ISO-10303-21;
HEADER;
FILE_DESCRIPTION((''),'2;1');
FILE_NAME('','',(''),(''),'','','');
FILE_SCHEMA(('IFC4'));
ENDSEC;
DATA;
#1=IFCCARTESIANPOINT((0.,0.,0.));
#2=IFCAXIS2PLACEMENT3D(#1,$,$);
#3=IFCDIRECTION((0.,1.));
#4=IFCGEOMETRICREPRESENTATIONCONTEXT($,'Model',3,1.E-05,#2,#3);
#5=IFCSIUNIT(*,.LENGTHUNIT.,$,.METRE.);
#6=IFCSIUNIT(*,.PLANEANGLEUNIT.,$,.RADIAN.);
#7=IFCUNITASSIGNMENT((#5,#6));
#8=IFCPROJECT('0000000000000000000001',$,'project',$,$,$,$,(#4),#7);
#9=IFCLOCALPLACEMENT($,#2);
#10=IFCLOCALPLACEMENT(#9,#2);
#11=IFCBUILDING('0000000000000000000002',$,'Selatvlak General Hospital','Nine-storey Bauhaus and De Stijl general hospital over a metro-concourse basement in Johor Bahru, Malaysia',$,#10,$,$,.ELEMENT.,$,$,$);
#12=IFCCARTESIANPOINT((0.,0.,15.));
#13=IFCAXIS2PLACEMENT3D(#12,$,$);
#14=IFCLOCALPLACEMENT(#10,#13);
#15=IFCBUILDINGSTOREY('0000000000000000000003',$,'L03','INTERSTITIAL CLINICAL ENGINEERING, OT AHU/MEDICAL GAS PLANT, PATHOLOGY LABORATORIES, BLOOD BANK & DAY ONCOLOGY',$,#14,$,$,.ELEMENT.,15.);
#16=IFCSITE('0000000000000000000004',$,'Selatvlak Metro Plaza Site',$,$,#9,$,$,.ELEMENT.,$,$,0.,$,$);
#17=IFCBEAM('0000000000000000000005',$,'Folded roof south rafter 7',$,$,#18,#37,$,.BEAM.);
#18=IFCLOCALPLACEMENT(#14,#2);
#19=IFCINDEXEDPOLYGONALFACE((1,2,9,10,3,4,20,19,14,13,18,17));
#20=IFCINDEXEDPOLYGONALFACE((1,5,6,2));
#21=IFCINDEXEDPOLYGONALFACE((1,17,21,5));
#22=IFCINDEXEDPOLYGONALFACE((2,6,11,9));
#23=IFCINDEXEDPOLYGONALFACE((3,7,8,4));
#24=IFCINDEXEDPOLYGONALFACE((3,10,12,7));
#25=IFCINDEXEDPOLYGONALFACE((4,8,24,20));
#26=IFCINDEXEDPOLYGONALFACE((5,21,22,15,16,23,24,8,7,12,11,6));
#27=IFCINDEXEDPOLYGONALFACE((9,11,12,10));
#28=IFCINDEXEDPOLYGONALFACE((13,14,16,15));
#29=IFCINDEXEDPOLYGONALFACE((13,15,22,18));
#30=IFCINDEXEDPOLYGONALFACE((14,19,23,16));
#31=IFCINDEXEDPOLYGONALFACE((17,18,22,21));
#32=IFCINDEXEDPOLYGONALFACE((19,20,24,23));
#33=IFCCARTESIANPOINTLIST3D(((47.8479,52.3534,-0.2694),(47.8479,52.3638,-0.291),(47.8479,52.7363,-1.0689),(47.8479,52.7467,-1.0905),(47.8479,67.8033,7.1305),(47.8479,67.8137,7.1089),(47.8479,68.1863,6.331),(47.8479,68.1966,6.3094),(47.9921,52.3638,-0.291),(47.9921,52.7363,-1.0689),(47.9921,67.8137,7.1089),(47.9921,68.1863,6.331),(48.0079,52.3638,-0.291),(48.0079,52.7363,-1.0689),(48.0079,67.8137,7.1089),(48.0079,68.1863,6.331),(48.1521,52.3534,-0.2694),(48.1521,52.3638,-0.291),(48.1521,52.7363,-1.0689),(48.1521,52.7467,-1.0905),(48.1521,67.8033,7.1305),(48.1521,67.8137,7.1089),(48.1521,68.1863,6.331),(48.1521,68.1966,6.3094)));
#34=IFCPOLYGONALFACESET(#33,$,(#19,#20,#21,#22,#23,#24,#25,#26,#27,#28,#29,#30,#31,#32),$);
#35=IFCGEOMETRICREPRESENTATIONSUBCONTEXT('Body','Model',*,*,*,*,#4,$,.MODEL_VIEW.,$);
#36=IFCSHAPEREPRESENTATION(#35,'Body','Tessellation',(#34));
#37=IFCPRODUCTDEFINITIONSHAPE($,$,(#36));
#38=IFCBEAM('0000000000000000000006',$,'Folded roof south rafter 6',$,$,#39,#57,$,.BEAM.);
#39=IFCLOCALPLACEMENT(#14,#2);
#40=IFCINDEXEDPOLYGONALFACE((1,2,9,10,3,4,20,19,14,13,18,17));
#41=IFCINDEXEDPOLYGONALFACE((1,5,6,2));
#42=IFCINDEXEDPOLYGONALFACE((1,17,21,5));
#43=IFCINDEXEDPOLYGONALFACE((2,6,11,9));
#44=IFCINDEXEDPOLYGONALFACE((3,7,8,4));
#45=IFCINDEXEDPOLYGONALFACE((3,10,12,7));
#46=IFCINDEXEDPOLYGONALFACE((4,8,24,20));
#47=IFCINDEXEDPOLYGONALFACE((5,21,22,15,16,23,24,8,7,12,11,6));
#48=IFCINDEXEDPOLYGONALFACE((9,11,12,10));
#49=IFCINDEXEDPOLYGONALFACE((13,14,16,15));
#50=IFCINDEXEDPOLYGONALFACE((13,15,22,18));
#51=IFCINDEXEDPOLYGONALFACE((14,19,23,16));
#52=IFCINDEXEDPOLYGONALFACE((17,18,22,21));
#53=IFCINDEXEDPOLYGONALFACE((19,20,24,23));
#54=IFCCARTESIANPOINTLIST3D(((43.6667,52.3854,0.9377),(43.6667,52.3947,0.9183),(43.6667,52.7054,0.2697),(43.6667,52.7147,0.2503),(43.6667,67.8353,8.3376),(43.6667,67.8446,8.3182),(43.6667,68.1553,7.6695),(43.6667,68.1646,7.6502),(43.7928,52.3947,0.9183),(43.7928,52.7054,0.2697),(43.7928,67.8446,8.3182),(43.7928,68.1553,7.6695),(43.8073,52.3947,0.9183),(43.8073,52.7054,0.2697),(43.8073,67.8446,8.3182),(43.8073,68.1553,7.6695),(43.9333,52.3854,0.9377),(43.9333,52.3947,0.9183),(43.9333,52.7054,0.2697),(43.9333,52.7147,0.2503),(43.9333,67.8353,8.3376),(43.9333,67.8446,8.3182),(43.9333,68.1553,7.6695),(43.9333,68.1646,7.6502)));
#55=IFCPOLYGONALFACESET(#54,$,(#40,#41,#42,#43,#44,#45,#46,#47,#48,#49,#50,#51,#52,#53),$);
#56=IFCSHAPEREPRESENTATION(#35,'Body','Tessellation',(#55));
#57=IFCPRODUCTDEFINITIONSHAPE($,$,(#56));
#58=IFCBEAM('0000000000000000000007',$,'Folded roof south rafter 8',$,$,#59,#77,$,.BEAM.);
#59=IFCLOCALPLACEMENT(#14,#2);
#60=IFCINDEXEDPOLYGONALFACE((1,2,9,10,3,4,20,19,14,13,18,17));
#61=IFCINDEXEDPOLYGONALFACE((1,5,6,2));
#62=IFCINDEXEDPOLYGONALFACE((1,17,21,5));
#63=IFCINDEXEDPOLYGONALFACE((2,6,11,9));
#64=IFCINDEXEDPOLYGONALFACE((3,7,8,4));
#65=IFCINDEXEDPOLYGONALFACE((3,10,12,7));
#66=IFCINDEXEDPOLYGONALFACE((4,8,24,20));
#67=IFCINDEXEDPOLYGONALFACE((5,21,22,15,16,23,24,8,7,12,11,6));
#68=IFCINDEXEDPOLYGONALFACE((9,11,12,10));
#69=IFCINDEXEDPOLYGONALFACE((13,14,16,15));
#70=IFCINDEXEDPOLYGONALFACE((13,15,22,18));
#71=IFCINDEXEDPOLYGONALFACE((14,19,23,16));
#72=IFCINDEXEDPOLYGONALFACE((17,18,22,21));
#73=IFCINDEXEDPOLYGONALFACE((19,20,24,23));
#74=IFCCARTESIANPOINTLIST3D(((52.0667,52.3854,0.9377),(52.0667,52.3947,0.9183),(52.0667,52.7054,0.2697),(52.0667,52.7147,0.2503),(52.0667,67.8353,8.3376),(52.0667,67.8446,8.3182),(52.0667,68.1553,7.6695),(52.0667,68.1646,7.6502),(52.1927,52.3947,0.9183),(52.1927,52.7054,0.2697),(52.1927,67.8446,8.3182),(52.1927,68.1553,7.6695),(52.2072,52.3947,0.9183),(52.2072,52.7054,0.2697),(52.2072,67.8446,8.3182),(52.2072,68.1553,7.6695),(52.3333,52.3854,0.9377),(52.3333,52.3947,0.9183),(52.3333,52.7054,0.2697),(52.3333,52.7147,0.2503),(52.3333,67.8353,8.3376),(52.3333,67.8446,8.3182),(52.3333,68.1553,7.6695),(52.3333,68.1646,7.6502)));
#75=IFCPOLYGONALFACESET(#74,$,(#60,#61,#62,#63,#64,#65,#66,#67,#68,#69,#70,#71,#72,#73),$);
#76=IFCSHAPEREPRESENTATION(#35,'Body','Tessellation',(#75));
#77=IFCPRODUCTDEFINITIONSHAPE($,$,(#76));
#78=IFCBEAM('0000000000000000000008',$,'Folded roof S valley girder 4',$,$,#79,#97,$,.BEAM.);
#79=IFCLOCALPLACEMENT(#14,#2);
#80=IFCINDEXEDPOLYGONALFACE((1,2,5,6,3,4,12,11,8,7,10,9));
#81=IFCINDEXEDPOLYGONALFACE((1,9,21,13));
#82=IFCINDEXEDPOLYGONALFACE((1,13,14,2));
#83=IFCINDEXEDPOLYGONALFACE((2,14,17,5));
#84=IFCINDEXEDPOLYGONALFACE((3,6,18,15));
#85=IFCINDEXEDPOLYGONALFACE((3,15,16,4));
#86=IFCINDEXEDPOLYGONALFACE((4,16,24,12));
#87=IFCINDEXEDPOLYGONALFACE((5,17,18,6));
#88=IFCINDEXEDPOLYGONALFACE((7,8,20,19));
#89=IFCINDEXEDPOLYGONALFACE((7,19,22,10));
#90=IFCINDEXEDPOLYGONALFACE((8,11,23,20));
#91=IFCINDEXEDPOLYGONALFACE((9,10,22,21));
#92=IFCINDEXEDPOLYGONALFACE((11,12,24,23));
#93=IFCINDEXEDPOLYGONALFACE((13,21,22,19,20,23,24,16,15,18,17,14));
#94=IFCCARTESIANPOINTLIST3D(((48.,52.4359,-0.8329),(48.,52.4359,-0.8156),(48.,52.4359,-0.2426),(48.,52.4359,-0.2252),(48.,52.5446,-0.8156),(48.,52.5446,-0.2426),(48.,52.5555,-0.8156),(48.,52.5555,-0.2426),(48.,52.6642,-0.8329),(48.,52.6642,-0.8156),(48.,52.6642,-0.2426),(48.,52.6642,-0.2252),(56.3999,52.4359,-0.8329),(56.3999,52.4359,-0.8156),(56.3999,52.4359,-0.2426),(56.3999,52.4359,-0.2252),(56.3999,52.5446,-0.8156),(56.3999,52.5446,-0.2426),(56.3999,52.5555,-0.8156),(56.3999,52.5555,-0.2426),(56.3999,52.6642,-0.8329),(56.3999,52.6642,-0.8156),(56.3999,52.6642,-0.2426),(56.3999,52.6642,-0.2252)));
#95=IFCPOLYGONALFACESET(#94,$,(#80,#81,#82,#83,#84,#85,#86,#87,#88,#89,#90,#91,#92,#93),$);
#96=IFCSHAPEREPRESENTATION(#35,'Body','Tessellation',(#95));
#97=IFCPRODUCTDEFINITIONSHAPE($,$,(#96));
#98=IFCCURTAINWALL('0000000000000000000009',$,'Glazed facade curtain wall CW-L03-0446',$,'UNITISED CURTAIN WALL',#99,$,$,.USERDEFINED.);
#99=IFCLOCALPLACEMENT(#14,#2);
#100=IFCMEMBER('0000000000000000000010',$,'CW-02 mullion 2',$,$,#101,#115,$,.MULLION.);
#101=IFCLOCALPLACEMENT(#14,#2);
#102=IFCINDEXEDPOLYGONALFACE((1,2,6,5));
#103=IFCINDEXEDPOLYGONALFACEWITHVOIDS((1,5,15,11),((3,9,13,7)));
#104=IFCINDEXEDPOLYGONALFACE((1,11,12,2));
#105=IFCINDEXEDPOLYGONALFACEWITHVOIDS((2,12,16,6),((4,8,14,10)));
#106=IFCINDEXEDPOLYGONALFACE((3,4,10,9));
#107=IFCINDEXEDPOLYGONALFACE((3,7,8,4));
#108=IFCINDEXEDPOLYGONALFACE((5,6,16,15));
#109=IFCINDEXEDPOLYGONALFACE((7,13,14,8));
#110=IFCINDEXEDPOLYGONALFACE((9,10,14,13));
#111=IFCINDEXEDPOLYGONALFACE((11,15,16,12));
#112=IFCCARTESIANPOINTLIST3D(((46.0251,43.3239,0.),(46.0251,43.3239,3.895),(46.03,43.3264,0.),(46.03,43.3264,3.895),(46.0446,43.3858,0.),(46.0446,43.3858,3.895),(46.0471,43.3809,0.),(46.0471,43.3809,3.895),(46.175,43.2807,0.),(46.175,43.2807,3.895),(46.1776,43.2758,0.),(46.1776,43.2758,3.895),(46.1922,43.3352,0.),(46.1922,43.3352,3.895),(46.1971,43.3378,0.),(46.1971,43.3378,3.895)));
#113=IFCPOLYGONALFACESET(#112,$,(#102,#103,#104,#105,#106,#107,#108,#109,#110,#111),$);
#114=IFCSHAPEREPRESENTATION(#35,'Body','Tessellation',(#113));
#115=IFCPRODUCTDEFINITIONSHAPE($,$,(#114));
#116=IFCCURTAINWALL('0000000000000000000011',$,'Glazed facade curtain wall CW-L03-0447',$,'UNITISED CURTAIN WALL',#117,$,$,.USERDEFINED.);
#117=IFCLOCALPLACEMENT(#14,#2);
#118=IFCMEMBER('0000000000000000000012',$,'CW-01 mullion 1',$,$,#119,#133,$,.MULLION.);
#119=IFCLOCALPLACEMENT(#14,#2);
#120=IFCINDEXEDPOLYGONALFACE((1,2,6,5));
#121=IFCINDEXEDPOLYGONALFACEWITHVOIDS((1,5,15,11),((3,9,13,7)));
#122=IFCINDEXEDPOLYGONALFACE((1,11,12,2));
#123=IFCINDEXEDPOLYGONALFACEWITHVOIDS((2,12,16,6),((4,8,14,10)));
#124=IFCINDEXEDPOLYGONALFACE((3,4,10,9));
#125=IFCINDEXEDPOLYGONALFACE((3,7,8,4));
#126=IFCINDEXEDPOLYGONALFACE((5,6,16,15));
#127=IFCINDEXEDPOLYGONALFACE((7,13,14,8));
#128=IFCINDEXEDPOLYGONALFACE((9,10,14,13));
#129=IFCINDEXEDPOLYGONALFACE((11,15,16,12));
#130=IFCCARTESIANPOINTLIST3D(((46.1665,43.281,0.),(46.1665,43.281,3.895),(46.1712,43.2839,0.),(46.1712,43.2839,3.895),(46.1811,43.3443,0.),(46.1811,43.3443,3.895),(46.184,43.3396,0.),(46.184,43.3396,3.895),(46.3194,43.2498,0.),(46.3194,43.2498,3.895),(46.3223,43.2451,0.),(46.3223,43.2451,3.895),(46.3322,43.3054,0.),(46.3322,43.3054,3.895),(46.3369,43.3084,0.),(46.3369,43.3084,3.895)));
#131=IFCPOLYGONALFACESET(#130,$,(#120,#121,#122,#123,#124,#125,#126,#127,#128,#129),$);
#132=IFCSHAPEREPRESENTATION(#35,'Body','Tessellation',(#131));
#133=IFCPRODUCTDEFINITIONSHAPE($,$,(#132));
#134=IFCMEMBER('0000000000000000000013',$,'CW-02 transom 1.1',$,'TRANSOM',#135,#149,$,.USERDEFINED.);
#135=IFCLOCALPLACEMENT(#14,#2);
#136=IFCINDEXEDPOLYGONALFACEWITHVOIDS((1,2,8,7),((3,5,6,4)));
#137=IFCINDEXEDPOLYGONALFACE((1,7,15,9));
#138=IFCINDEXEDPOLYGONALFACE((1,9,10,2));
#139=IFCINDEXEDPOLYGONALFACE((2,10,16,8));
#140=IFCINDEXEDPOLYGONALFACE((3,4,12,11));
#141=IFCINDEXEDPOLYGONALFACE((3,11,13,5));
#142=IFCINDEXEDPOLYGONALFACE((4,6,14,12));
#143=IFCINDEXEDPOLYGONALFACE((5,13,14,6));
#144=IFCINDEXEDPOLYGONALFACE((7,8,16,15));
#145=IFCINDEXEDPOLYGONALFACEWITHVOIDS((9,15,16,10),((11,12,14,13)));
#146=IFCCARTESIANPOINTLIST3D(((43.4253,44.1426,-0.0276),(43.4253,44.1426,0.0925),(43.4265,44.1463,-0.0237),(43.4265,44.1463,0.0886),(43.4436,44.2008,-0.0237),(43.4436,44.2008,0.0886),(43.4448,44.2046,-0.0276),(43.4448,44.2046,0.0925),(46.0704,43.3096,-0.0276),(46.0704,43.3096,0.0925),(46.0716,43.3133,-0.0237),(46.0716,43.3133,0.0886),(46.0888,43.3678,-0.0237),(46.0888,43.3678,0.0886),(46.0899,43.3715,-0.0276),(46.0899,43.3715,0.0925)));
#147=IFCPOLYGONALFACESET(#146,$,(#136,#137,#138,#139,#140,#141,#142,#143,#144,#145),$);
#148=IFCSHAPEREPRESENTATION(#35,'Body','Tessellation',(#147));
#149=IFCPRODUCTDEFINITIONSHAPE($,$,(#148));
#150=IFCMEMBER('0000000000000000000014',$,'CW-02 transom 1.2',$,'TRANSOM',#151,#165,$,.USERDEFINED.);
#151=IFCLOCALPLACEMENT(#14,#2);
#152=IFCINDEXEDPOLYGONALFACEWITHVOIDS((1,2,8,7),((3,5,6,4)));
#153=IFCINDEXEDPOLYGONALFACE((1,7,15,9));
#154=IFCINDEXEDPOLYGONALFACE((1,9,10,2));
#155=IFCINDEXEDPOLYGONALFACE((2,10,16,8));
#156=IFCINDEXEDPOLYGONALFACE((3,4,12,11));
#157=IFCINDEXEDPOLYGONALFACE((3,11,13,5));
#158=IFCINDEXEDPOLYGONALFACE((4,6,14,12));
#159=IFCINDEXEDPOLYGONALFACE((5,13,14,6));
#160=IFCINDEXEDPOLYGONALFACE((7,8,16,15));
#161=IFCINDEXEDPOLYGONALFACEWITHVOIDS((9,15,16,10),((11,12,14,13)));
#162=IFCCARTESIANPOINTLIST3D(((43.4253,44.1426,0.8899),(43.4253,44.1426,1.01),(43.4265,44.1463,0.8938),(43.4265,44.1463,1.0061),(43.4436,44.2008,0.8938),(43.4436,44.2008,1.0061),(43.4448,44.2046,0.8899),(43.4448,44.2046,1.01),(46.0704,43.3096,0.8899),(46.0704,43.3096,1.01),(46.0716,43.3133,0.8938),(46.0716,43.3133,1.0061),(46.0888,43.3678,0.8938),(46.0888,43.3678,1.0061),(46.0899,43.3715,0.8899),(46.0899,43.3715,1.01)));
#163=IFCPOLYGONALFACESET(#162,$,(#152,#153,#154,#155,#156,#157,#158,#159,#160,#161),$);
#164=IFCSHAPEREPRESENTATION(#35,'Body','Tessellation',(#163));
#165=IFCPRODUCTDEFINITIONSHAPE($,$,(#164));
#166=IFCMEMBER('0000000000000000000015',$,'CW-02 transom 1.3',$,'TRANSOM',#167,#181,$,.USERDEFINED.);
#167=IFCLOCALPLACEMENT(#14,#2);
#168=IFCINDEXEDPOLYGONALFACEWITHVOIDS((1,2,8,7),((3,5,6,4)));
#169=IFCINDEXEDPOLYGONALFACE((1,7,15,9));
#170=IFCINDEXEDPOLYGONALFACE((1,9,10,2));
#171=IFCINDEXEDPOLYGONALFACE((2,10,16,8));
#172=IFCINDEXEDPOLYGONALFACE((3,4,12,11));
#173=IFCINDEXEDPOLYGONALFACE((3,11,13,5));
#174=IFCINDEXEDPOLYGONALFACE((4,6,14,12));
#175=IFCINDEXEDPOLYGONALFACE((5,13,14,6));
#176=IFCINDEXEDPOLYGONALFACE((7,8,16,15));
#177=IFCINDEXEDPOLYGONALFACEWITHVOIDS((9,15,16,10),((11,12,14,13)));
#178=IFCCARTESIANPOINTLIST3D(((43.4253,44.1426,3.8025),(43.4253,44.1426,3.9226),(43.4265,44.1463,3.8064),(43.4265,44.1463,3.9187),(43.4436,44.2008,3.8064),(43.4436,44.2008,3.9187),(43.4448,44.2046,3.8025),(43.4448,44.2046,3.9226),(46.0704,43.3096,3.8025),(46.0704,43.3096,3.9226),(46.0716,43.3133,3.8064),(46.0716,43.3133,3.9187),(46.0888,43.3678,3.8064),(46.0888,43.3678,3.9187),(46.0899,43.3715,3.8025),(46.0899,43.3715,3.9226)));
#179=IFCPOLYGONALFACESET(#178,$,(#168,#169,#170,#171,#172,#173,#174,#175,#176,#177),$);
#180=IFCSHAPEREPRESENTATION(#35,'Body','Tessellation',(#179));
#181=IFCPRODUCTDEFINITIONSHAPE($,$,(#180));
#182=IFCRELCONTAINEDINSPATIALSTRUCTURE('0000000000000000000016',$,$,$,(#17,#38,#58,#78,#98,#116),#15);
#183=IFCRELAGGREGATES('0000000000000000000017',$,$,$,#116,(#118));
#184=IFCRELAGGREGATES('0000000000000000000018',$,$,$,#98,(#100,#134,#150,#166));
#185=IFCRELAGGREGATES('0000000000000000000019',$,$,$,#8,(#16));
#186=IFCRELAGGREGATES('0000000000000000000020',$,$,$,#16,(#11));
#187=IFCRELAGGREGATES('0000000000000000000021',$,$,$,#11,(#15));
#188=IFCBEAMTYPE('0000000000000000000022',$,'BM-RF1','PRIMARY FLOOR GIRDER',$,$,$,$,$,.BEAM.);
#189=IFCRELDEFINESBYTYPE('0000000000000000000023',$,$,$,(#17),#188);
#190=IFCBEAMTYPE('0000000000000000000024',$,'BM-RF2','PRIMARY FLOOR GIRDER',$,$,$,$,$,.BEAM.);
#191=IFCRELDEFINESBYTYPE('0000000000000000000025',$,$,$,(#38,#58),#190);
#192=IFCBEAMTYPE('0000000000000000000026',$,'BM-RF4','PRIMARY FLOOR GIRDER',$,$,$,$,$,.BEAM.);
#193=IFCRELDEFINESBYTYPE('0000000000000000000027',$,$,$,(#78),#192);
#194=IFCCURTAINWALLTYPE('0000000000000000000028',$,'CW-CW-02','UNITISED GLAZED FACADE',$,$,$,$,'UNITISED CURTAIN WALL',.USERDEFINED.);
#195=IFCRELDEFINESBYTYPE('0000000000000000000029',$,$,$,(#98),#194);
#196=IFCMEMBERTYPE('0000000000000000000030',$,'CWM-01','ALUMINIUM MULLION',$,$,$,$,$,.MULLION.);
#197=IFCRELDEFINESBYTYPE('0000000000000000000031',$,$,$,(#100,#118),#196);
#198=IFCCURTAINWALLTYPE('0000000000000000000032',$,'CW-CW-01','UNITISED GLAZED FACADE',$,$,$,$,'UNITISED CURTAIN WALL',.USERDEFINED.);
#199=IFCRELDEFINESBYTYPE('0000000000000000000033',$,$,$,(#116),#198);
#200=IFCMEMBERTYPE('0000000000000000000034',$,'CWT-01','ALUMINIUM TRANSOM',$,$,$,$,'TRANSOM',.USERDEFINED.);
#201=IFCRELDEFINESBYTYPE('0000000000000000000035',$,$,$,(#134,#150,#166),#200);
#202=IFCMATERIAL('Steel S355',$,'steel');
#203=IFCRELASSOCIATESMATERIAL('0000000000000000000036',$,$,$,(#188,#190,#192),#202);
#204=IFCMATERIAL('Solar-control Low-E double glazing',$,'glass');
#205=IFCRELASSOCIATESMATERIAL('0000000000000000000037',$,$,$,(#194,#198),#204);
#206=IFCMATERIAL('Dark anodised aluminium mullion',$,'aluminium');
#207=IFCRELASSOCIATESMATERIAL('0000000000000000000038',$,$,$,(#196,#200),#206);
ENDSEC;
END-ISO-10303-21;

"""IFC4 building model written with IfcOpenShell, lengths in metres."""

from ifc_helpers import new_model, si_unit, direction, frame, origin, origin_2d, place, context, subcontext, project, spatial, hollow_rectangle, i_section, extrude, material, material_profile, profile_set, type_object, element, aggregate, save


model = new_model("IFC4")

# Units and contexts
model_context = context("Model", 3, precision=1e-05, world=origin(), true_north=direction((0.0, 1.0)))
body_context = subcontext(model_context, "Body", "Model", "MODEL_VIEW")
ifc_project = project(units=[si_unit("LENGTHUNIT", "METRE"), si_unit("PLANEANGLEUNIT", "RADIAN")], contexts=[model_context])

# Site, building, storey
site_placement = place(None, origin())
site = spatial("IfcSite", under=ifc_project, at=site_placement, Name="Selatvlak Metro Plaza Site", CompositionType="ELEMENT", RefElevation=0.0)
building_placement = place(site_placement, origin())
building = spatial("IfcBuilding", under=site, at=building_placement, Name="Selatvlak General Hospital", Description="Nine-storey Bauhaus and De Stijl general hospital over a metro-concourse basement in Johor Bahru, Malaysia", CompositionType="ELEMENT")
storey_placement = place(building_placement, frame((0.0, 0.0, 15.0)))
storey = spatial("IfcBuildingStorey", under=building, at=storey_placement, Name="L03", Description="INTERSTITIAL CLINICAL ENGINEERING, OT AHU/MEDICAL GAS PLANT, PATHOLOGY LABORATORIES, BLOOD BANK & DAY ONCOLOGY", CompositionType="ELEMENT", Elevation=15.0)

# Beams
ifc_material_1 = material(Name="Steel S355", Category="steel")
ifc_material_profile_1 = material_profile(ifc_material_1, i_section(OverallWidth=0.3042, OverallDepth=0.9104, WebThickness=0.0159, FlangeThickness=0.0239, at=origin_2d()), Name="UB 914x305x224")
ifc_profile_set_1 = profile_set([ifc_material_profile_1], Name="Steel S355")
beam_type_1 = type_object("IfcBeamType", Name="BM-RF1", Description="PRIMARY FLOOR GIRDER", PredefinedType="BEAM", material=ifc_profile_set_1)
beam_1_placement = place(storey_placement, frame((48.0, 52.55, -0.6799), z_axis=(0.0, 0.901889, 0.431968), x_axis=(-1.0, 0.0, 0.0)))
element("IfcBeam", 1, at=beam_1_placement, inside=storey, type_object=beam_type_1, Name="Folded roof south rafter 7", PredefinedType="BEAM", context=body_context, shape_type="SweptSolid", body=[
    extrude(i_section(OverallWidth=0.3042, OverallDepth=0.9104, WebThickness=0.0159, FlangeThickness=0.0239, at=origin_2d()), origin(), (0.0, 0.0, 1.0), 17.1306),
])
ifc_material_profile_2 = material_profile(ifc_material_1, i_section(OverallWidth=0.2666, OverallDepth=0.7622, WebThickness=0.0144, FlangeThickness=0.0215, at=origin_2d()), Name="UB 762x267x173")
ifc_profile_set_2 = profile_set([ifc_material_profile_2], Name="Steel S355")
beam_type_2 = type_object("IfcBeamType", Name="BM-RF2", Description="PRIMARY FLOOR GIRDER", PredefinedType="BEAM", material=ifc_profile_set_2)
for number, where, z_axis, x_axis, name in (
    (2, (43.8, 52.55, 0.594), (0.0, 0.901889, 0.431968), (-1.0, 0.0, 0.0), "Folded roof south rafter 6"),
    (3, (52.2, 52.55, 0.594), (0.0, 0.901889, 0.431968), (-1.0, 0.0, 0.0), "Folded roof south rafter 8"),
):
    element("IfcBeam", number, at=place(storey_placement, frame(where, z_axis=z_axis, x_axis=x_axis)), inside=storey, type_object=beam_type_2, Name=name, PredefinedType="BEAM", context=body_context, shape_type="SweptSolid", body=[
        extrude(i_section(OverallWidth=0.2666, OverallDepth=0.7622, WebThickness=0.0144, FlangeThickness=0.0215, at=origin_2d()), origin(), (0.0, 0.0, 1.0), 17.1306),
    ])
ifc_material_profile_3 = material_profile(ifc_material_1, i_section(OverallWidth=0.2283, OverallDepth=0.6077, WebThickness=0.011, FlangeThickness=0.0173, at=origin_2d()), Name="UB 610x229x113")
ifc_profile_set_3 = profile_set([ifc_material_profile_3], Name="Steel S355")
beam_type_3 = type_object("IfcBeamType", Name="BM-RF4", Description="PRIMARY FLOOR GIRDER", PredefinedType="BEAM", material=ifc_profile_set_3)
beam_2_placement = place(storey_placement, frame((48.0, 52.55, -0.5291), z_axis=(1.0, 0.0, 0.0), x_axis=(0.0, 1.0, 0.0)))
element("IfcBeam", 4, at=beam_2_placement, inside=storey, type_object=beam_type_3, Name="Folded roof S valley girder 4", PredefinedType="BEAM", context=body_context, shape_type="SweptSolid", body=[
    extrude(i_section(OverallWidth=0.2283, OverallDepth=0.6077, WebThickness=0.011, FlangeThickness=0.0173, at=origin_2d()), origin(), (0.0, 0.0, 1.0), 8.3999),
])

# Curtain walls, members
ifc_material_2 = material(Name="Solar-control Low-E double glazing", Category="glass")
curtain_wall_type_1 = type_object("IfcCurtainWallType", Name="CW-CW-02", Description="UNITISED GLAZED FACADE", ElementType="UNITISED CURTAIN WALL", PredefinedType="USERDEFINED", material=ifc_material_2)
curtain_wall_1_placement = place(storey_placement, origin())
curtain_wall_1 = element("IfcCurtainWall", 5, at=curtain_wall_1_placement, inside=storey, type_object=curtain_wall_type_1, Name="Glazed facade curtain wall CW-L03-0446", ObjectType="UNITISED CURTAIN WALL", PredefinedType="USERDEFINED")
ifc_material_3 = material(Name="Dark anodised aluminium mullion", Category="aluminium")
ifc_material_profile_4 = material_profile(ifc_material_3, hollow_rectangle(XDim=0.0649, YDim=0.1599, WallThickness=0.0039, at=origin_2d()), Name="AL-MUL 65x160x4")
ifc_profile_set_4 = profile_set([ifc_material_profile_4], Name="Dark anodised aluminium mullion")
member_type_1 = type_object("IfcMemberType", Name="CWM-01", Description="ALUMINIUM MULLION", PredefinedType="MULLION", material=ifc_profile_set_4)
member_1_placement = place(storey_placement, frame((46.1111, 43.3308, 0.0), z_axis=(0.0, 0.0, 1.0), x_axis=(0.300373, 0.953822, 0.0)))
member_1 = element("IfcMember", 6, at=member_1_placement, type_object=member_type_1, Name="CW-02 mullion 2", PredefinedType="MULLION", context=body_context, shape_type="SweptSolid", body=[
    extrude(hollow_rectangle(XDim=0.0649, YDim=0.1599, WallThickness=0.0039, at=origin_2d()), origin(), (0.0, 0.0, 1.0), 3.895),
])
curtain_wall_type_2 = type_object("IfcCurtainWallType", Name="CW-CW-01", Description="UNITISED GLAZED FACADE", ElementType="UNITISED CURTAIN WALL", PredefinedType="USERDEFINED", material=ifc_material_2)
curtain_wall_2_placement = place(storey_placement, origin())
curtain_wall_2 = element("IfcCurtainWall", 7, at=curtain_wall_2_placement, inside=storey, type_object=curtain_wall_type_2, Name="Glazed facade curtain wall CW-L03-0447", ObjectType="UNITISED CURTAIN WALL", PredefinedType="USERDEFINED")
member_2_placement = place(storey_placement, frame((46.2517, 43.2947, 0.0), z_axis=(0.0, 0.0, 1.0), x_axis=(0.224482, 0.974478, 0.0)))
member_2 = element("IfcMember", 8, at=member_2_placement, type_object=member_type_1, Name="CW-01 mullion 1", PredefinedType="MULLION", context=body_context, shape_type="SweptSolid", body=[
    extrude(hollow_rectangle(XDim=0.0649, YDim=0.1599, WallThickness=0.0039, at=origin_2d()), origin(), (0.0, 0.0, 1.0), 3.895),
])

# Members
ifc_material_profile_5 = material_profile(ifc_material_3, hollow_rectangle(XDim=0.0649, YDim=0.1201, WallThickness=0.0039, at=origin_2d()), Name="AL-TRN 65x120x4")
ifc_profile_set_5 = profile_set([ifc_material_profile_5], Name="Dark anodised aluminium mullion")
member_type_2 = type_object("IfcMemberType", Name="CWT-01", Description="ALUMINIUM TRANSOM", ElementType="TRANSOM", PredefinedType="USERDEFINED", material=ifc_profile_set_5)
member_3_placement = place(storey_placement, frame((43.4351, 44.1736, 0.0325), z_axis=(0.953817, -0.30039, 0.0), x_axis=(0.30039, 0.953817, 0.0)))
member_3 = element("IfcMember", 9, at=member_3_placement, type_object=member_type_2, Name="CW-02 transom 1.1", ObjectType="TRANSOM", PredefinedType="USERDEFINED", context=body_context, shape_type="SweptSolid", body=[
    extrude(hollow_rectangle(XDim=0.0649, YDim=0.1201, WallThickness=0.0039, at=origin_2d()), origin(), (0.0, 0.0, 1.0), 2.7732),
])
member_4_placement = place(storey_placement, frame((43.4351, 44.1736, 0.95), z_axis=(0.953817, -0.30039, 0.0), x_axis=(0.30039, 0.953817, 0.0)))
member_4 = element("IfcMember", 10, at=member_4_placement, type_object=member_type_2, Name="CW-02 transom 1.2", ObjectType="TRANSOM", PredefinedType="USERDEFINED", context=body_context, shape_type="SweptSolid", body=[
    extrude(hollow_rectangle(XDim=0.0649, YDim=0.1201, WallThickness=0.0039, at=origin_2d()), origin(), (0.0, 0.0, 1.0), 2.7732),
])
member_5_placement = place(storey_placement, frame((43.4351, 44.1736, 3.8625), z_axis=(0.953817, -0.30039, 0.0), x_axis=(0.30039, 0.953817, 0.0)))
member_5 = element("IfcMember", 11, at=member_5_placement, type_object=member_type_2, Name="CW-02 transom 1.3", ObjectType="TRANSOM", PredefinedType="USERDEFINED", context=body_context, shape_type="SweptSolid", body=[
    extrude(hollow_rectangle(XDim=0.0649, YDim=0.1201, WallThickness=0.0039, at=origin_2d()), origin(), (0.0, 0.0, 1.0), 2.7732),
])
aggregate(curtain_wall_2, [member_2])

aggregate(curtain_wall_1, [member_1, member_3, member_4, member_5])

save(model, "model.ifc")
